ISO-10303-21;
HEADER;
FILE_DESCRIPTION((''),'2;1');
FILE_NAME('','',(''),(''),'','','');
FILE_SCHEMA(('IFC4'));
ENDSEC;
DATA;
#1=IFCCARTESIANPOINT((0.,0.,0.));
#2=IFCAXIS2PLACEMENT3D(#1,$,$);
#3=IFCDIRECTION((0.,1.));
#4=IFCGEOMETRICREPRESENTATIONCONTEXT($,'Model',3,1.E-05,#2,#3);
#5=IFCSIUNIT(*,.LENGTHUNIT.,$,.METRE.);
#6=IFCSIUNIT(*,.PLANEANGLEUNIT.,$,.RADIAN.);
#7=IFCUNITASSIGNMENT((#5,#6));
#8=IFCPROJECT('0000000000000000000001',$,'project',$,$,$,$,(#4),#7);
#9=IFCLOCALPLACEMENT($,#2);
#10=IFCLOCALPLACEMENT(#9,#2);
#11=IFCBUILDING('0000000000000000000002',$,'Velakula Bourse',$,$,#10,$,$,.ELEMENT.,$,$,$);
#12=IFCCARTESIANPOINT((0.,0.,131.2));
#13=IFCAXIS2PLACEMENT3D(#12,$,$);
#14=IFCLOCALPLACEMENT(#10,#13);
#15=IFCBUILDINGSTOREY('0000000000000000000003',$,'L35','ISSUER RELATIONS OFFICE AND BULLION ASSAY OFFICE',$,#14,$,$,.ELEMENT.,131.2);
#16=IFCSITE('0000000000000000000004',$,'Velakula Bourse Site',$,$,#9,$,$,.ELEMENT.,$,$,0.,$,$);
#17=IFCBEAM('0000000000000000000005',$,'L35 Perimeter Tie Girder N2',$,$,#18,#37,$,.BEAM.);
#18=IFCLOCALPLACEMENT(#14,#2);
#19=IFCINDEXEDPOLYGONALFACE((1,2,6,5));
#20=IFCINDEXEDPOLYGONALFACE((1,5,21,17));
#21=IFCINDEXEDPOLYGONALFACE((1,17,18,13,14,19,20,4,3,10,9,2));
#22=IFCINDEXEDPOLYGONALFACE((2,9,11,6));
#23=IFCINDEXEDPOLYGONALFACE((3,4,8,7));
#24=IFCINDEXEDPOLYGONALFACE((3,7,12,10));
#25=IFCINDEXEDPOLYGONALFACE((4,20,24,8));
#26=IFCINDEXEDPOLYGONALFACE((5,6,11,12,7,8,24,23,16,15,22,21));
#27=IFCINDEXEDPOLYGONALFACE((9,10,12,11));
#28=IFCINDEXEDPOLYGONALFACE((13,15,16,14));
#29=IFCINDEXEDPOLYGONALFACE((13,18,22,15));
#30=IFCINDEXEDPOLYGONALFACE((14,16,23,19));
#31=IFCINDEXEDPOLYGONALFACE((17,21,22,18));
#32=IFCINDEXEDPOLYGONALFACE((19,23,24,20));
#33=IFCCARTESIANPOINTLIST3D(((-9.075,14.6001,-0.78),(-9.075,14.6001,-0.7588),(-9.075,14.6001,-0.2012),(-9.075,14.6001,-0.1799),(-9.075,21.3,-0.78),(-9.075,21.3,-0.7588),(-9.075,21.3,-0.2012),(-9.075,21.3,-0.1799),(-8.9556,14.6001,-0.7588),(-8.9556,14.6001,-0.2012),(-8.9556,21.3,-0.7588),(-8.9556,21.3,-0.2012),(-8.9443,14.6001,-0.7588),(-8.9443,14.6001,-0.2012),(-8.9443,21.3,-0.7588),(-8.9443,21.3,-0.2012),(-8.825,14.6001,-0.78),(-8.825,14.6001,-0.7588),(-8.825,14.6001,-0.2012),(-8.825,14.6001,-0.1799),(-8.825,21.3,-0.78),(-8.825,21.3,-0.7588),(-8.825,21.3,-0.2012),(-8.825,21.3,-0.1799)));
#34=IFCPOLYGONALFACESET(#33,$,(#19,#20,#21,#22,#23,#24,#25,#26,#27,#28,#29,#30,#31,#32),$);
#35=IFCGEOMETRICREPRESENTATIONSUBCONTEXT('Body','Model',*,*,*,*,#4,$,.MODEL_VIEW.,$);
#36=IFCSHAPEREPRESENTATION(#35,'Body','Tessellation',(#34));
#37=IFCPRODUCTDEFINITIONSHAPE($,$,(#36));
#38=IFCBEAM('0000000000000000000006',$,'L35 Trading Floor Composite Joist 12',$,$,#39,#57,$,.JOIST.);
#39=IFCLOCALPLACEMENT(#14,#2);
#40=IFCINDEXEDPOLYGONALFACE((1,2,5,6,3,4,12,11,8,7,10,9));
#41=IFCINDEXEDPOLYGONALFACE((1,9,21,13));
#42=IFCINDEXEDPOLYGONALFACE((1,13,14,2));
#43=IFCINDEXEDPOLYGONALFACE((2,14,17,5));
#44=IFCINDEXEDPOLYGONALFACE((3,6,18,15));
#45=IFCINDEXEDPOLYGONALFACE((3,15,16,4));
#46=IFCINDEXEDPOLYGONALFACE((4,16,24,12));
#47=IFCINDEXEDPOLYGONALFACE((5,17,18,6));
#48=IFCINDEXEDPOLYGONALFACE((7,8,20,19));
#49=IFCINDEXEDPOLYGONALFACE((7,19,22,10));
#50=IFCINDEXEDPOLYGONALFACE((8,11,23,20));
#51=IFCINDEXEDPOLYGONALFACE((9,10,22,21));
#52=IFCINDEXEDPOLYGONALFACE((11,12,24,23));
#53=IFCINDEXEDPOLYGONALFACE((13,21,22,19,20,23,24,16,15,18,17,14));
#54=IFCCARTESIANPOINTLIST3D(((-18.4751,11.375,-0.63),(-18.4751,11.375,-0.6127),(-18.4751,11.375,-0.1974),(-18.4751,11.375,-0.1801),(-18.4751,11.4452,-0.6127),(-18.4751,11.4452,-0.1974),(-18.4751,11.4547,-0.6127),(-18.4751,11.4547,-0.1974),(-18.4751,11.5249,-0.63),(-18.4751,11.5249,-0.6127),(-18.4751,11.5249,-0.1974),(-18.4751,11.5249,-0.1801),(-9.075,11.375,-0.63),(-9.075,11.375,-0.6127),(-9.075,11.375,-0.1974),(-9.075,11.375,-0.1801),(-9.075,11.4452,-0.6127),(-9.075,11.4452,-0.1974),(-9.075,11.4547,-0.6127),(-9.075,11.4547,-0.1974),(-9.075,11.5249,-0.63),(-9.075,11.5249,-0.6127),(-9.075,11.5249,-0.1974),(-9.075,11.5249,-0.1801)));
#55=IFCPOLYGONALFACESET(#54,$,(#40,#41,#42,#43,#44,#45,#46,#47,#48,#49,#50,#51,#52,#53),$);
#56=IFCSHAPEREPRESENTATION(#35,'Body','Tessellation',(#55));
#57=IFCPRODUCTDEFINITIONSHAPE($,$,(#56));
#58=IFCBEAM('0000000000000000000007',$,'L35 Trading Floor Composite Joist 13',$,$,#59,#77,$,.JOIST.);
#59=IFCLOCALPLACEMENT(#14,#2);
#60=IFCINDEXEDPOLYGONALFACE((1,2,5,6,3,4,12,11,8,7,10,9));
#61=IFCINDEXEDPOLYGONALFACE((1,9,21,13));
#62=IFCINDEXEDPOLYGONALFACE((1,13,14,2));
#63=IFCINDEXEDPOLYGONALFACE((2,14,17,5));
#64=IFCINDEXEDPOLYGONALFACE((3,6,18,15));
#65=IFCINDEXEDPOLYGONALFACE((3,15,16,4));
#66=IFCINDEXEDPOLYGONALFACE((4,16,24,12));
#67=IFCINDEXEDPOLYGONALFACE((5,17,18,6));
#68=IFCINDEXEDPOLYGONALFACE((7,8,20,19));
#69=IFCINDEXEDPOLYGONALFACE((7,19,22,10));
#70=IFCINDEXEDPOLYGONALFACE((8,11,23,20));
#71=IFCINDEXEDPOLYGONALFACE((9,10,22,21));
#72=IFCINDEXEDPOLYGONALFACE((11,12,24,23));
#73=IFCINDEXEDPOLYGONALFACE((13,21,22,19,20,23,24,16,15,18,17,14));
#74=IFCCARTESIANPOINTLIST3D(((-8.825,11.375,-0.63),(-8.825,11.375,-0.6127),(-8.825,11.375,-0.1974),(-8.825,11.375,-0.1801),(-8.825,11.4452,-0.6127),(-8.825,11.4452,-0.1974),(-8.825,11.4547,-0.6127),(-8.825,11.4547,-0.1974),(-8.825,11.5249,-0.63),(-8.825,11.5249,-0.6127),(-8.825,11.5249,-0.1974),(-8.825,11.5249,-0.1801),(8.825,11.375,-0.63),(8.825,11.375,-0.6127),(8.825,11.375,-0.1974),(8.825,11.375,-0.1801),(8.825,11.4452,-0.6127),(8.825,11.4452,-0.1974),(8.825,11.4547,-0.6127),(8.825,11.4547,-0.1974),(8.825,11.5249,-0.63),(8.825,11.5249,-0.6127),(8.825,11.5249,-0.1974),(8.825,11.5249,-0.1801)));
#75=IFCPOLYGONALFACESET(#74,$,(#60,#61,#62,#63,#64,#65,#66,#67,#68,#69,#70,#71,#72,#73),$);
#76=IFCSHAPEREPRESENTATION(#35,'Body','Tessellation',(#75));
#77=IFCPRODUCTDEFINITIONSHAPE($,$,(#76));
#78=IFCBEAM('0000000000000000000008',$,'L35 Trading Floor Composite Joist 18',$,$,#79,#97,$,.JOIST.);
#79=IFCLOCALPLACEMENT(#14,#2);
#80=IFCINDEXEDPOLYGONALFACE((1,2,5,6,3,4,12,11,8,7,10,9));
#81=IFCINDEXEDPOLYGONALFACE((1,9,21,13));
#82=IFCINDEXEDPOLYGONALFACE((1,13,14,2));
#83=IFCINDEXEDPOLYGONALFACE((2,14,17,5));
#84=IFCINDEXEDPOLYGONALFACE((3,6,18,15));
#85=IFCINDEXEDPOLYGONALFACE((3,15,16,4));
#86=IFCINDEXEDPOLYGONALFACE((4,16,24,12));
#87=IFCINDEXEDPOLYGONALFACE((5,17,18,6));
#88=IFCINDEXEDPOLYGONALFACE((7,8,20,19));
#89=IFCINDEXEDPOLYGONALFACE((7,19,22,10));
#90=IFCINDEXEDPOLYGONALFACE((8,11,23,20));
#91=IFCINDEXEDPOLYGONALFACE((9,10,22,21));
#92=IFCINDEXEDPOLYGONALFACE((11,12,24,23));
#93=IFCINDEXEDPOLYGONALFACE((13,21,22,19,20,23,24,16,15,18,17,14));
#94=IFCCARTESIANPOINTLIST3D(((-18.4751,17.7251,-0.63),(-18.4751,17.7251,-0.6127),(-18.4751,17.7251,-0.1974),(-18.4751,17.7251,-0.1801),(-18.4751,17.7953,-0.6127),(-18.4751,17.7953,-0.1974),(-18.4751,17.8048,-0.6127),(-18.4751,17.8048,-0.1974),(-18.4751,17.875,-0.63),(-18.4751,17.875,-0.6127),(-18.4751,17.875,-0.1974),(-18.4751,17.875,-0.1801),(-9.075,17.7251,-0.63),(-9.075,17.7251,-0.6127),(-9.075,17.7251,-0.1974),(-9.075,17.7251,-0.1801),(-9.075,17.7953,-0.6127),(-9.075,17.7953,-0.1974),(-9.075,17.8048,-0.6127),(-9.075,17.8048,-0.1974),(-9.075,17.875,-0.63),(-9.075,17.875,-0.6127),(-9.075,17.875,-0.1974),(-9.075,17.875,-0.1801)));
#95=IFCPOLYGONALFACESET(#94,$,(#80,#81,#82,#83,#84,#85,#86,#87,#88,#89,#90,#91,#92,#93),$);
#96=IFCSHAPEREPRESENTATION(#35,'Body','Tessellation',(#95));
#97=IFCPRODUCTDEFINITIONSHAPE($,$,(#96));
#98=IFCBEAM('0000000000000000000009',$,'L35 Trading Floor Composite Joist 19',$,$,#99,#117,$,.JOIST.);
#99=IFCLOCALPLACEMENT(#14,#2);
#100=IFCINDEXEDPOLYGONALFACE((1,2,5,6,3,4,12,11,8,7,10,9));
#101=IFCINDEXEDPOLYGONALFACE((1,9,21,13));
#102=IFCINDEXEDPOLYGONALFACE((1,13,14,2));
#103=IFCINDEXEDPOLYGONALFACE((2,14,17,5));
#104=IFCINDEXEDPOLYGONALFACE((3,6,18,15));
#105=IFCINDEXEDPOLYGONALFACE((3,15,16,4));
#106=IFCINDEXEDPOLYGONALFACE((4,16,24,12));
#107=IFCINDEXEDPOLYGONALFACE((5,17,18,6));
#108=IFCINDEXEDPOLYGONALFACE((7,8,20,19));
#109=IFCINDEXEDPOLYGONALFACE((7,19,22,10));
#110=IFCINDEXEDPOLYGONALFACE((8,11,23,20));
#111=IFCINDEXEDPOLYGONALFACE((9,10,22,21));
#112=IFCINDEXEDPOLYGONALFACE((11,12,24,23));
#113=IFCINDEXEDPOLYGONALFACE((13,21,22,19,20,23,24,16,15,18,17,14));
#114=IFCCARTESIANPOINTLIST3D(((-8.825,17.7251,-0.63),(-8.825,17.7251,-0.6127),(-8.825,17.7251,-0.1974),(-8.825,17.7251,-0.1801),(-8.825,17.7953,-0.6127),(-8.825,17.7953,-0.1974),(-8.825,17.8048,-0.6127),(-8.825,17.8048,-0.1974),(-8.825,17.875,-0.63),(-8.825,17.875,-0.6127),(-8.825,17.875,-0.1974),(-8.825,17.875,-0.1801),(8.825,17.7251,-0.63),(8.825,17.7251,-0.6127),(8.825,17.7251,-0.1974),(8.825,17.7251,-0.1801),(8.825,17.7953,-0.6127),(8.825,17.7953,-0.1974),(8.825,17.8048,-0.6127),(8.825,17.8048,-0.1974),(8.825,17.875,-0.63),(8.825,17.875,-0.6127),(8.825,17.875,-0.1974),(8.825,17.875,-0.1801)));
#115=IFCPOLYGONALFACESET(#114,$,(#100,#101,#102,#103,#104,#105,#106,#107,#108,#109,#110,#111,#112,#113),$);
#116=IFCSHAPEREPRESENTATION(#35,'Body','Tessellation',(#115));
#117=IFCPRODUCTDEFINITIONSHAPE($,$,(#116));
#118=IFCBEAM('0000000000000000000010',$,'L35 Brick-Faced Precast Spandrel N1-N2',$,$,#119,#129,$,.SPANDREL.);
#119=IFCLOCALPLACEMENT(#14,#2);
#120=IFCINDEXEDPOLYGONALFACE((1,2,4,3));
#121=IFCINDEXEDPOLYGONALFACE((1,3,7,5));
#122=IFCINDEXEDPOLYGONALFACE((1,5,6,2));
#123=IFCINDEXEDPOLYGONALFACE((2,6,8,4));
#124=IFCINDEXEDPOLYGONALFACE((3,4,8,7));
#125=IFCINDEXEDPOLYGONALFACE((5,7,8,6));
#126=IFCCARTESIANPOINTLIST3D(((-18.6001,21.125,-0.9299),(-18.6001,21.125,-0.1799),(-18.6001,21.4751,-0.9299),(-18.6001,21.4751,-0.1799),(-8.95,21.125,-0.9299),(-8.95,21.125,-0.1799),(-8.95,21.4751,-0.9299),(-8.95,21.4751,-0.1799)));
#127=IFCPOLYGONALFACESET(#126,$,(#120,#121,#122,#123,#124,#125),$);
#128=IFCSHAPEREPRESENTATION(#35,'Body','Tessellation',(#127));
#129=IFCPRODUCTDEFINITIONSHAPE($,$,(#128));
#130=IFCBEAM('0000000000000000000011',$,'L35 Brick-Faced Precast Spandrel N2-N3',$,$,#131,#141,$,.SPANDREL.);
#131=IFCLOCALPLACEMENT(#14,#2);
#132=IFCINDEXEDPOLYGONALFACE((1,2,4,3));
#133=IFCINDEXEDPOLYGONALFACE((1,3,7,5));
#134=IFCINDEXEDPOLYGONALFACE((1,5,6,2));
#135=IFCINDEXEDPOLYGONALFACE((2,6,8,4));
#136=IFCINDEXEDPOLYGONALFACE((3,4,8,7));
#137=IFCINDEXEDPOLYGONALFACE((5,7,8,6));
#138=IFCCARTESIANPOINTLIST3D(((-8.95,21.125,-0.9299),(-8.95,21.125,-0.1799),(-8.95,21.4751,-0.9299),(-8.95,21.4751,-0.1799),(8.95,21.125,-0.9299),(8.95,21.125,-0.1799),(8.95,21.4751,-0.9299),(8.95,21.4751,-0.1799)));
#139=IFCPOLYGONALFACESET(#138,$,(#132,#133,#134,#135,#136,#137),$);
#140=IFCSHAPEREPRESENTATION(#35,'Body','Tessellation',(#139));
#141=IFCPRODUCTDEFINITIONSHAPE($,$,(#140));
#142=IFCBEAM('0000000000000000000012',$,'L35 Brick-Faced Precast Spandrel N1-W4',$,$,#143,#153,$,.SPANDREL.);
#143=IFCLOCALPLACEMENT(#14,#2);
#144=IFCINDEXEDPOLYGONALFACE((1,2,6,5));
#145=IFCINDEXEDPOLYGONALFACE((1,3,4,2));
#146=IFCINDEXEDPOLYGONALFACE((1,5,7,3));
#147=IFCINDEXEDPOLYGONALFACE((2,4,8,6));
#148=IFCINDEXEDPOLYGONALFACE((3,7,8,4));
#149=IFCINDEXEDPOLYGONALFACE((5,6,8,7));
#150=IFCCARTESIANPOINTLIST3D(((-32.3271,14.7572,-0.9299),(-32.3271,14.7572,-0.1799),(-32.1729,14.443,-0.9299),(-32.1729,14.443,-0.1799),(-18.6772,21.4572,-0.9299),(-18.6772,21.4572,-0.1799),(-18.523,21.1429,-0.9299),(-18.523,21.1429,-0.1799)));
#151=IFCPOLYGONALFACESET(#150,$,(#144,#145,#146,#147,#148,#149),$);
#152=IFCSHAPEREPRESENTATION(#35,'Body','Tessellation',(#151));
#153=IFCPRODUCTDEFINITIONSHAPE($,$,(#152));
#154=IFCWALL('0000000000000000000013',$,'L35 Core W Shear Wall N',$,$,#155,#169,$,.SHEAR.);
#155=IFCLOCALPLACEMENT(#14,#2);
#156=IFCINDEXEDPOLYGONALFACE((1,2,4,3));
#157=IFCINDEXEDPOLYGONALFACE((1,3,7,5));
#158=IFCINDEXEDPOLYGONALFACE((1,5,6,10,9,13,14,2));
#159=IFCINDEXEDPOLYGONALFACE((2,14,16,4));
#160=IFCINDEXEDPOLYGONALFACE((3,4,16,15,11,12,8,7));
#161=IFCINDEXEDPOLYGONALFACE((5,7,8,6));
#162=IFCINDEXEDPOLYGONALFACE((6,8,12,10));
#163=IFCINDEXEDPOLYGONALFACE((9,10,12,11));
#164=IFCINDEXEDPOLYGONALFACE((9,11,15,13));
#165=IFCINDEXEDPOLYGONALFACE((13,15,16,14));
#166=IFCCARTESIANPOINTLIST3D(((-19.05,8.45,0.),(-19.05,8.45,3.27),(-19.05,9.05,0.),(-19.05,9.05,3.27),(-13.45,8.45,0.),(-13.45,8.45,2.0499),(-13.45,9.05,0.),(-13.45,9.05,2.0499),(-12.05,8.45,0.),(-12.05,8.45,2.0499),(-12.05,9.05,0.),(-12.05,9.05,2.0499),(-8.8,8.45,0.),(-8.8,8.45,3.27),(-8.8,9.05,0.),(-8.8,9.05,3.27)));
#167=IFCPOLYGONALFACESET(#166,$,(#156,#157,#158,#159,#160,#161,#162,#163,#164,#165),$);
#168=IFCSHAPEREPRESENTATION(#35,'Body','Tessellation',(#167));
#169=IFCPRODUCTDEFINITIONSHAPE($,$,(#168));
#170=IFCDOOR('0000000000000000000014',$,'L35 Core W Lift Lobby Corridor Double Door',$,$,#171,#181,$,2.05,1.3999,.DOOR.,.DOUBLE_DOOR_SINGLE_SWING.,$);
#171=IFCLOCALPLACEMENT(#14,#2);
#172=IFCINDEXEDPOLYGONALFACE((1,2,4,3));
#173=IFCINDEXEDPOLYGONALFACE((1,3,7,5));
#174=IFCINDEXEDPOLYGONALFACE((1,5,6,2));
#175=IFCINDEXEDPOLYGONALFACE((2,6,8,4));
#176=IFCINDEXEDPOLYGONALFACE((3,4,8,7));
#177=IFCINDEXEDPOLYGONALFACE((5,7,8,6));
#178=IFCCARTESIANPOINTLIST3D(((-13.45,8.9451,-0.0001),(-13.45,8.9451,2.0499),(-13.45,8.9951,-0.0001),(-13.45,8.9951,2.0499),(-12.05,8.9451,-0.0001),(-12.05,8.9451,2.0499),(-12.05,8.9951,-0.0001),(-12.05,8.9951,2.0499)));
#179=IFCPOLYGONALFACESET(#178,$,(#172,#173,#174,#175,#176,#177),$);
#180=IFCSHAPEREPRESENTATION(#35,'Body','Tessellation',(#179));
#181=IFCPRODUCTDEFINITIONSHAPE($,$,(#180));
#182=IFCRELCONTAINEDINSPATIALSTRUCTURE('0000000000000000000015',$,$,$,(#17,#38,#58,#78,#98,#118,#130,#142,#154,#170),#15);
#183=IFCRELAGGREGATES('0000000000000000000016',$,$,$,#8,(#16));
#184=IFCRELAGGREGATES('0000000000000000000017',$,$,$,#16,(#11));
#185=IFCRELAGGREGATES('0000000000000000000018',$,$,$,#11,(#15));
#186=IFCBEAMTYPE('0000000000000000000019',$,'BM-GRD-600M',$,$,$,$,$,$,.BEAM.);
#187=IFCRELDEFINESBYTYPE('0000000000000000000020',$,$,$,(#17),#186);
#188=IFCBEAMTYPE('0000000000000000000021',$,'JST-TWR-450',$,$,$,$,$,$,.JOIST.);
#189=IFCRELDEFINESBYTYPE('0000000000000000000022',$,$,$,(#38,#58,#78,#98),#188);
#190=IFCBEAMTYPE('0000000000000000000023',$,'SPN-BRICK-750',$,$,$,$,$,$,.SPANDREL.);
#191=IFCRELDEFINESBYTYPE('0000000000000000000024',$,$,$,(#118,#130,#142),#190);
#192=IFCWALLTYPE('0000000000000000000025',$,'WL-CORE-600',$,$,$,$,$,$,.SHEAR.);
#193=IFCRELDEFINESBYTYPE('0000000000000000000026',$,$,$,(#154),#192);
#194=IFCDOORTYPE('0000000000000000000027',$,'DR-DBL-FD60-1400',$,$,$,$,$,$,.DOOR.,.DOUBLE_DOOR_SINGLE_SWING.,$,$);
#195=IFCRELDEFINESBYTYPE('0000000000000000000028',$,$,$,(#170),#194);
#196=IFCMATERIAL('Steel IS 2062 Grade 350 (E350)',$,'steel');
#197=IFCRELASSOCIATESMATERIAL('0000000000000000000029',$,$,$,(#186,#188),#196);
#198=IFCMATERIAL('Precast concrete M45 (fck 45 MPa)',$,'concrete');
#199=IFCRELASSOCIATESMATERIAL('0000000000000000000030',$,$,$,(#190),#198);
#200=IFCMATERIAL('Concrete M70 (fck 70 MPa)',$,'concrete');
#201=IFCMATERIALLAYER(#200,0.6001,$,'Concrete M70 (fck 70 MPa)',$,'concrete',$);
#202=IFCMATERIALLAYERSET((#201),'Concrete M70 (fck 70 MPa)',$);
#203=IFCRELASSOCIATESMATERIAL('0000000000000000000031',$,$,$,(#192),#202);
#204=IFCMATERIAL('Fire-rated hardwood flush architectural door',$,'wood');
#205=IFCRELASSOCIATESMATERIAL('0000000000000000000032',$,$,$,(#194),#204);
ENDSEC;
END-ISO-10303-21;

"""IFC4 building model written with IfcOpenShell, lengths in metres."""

from ifc_helpers import new_model, si_unit, direction, frame, frame_2d, origin, origin_2d, place, context, subcontext, project, spatial, rectangle, i_section, extrude, material, layer, layer_set, material_profile, profile_set, type_object, element, fill, save


model = new_model("IFC4")

# Units and contexts
model_context = context("Model", 3, precision=1e-05, world=origin(), true_north=direction((0.0, 1.0)))
body_context = subcontext(model_context, "Body", "Model", "MODEL_VIEW")
ifc_project = project(units=[si_unit("LENGTHUNIT", "METRE"), si_unit("PLANEANGLEUNIT", "RADIAN")], contexts=[model_context])

# Site, building, storey
site_placement = place(None, origin())
site = spatial("IfcSite", under=ifc_project, at=site_placement, Name="Velakula Bourse Site", CompositionType="ELEMENT", RefElevation=0.0)
building_placement = place(site_placement, origin())
building = spatial("IfcBuilding", under=site, at=building_placement, Name="Velakula Bourse", CompositionType="ELEMENT")
storey_placement = place(building_placement, frame((0.0, 0.0, 131.2)))
storey = spatial("IfcBuildingStorey", under=building, at=storey_placement, Name="L35", Description="ISSUER RELATIONS OFFICE AND BULLION ASSAY OFFICE", CompositionType="ELEMENT", Elevation=131.2)

# Shared definitions
ifc_material_1 = material(Name="Steel IS 2062 Grade 350 (E350)", Category="steel")
ifc_material_2 = material(Name="Precast concrete M45 (fck 45 MPa)", Category="concrete")

# Beams
ifc_material_profile_1 = material_profile(ifc_material_1, i_section(OverallWidth=0.25, OverallDepth=0.6001, WebThickness=0.0112, FlangeThickness=0.0212, at=origin_2d()), Name="Steel IS 2062 Grade 350 (E350)")
ifc_profile_set_1 = profile_set([ifc_material_profile_1], Name="Steel IS 2062 Grade 350 (E350)")
beam_type_1 = type_object("IfcBeamType", Name="BM-GRD-600M", PredefinedType="BEAM", material=ifc_profile_set_1)
for number, where, z_axis, x_axis, name in (
    (1, (-8.95, 14.6001, -0.48), (0.0, 1.0, 0.0), (-1.0, 0.0, 0.0), "L35 Perimeter Tie Girder N2"),
):
    element("IfcBeam", number, at=place(storey_placement, frame(where, z_axis=z_axis, x_axis=x_axis)), inside=storey, type_object=beam_type_1, Name=name, PredefinedType="BEAM", context=body_context, shape_type="SweptSolid", body=[
        extrude(i_section(OverallWidth=0.25, OverallDepth=0.6001, WebThickness=0.0112, FlangeThickness=0.0212, at=origin_2d()), origin(), (0.0, 0.0, 1.0), 6.7),
    ])
ifc_material_profile_2 = material_profile(ifc_material_1, i_section(OverallWidth=0.1499, OverallDepth=0.45, WebThickness=0.0095, FlangeThickness=0.0173, at=origin_2d()), Name="Steel IS 2062 Grade 350 (E350)")
ifc_profile_set_2 = profile_set([ifc_material_profile_2], Name="Steel IS 2062 Grade 350 (E350)")
beam_type_2 = type_object("IfcBeamType", Name="JST-TWR-450", PredefinedType="JOIST", material=ifc_profile_set_2)
beam_1_placement = place(storey_placement, frame((-18.4751, 11.45, -0.405), z_axis=(1.0, 0.0, 0.0), x_axis=(0.0, 1.0, 0.0)))
element("IfcBeam", 2, at=beam_1_placement, inside=storey, type_object=beam_type_2, Name="L35 Trading Floor Composite Joist 12", PredefinedType="JOIST", context=body_context, shape_type="SweptSolid", body=[
    extrude(i_section(OverallWidth=0.1499, OverallDepth=0.45, WebThickness=0.0095, FlangeThickness=0.0173, at=origin_2d()), origin(), (0.0, 0.0, 1.0), 9.4001),
])
beam_2_placement = place(storey_placement, frame((-8.825, 11.45, -0.405), z_axis=(1.0, 0.0, 0.0), x_axis=(0.0, 1.0, 0.0)))
element("IfcBeam", 3, at=beam_2_placement, inside=storey, type_object=beam_type_2, Name="L35 Trading Floor Composite Joist 13", PredefinedType="JOIST", context=body_context, shape_type="SweptSolid", body=[
    extrude(i_section(OverallWidth=0.1499, OverallDepth=0.45, WebThickness=0.0095, FlangeThickness=0.0173, at=origin_2d()), origin(), (0.0, 0.0, 1.0), 17.6499),
])
beam_3_placement = place(storey_placement, frame((-18.4751, 17.8, -0.405), z_axis=(1.0, 0.0, 0.0), x_axis=(0.0, 1.0, 0.0)))
element("IfcBeam", 4, at=beam_3_placement, inside=storey, type_object=beam_type_2, Name="L35 Trading Floor Composite Joist 18", PredefinedType="JOIST", context=body_context, shape_type="SweptSolid", body=[
    extrude(i_section(OverallWidth=0.1499, OverallDepth=0.45, WebThickness=0.0095, FlangeThickness=0.0173, at=origin_2d()), origin(), (0.0, 0.0, 1.0), 9.4001),
])
beam_4_placement = place(storey_placement, frame((-8.825, 17.8, -0.405), z_axis=(1.0, 0.0, 0.0), x_axis=(0.0, 1.0, 0.0)))
element("IfcBeam", 5, at=beam_4_placement, inside=storey, type_object=beam_type_2, Name="L35 Trading Floor Composite Joist 19", PredefinedType="JOIST", context=body_context, shape_type="SweptSolid", body=[
    extrude(i_section(OverallWidth=0.1499, OverallDepth=0.45, WebThickness=0.0095, FlangeThickness=0.0173, at=origin_2d()), origin(), (0.0, 0.0, 1.0), 17.6499),
])
ifc_material_profile_3 = material_profile(ifc_material_2, rectangle(XDim=0.3501, YDim=0.75, at=origin_2d()), Name="Precast concrete M45 (fck 45 MPa)")
ifc_profile_set_3 = profile_set([ifc_material_profile_3], Name="Precast concrete M45 (fck 45 MPa)")
beam_type_3 = type_object("IfcBeamType", Name="SPN-BRICK-750", PredefinedType="SPANDREL", material=ifc_profile_set_3)
beam_5_placement = place(storey_placement, frame((-18.6001, 21.3, -0.5549), z_axis=(1.0, 0.0, 0.0), x_axis=(0.0, 1.0, 0.0)))
element("IfcBeam", 6, at=beam_5_placement, inside=storey, type_object=beam_type_3, Name="L35 Brick-Faced Precast Spandrel N1-N2", PredefinedType="SPANDREL", context=body_context, shape_type="SweptSolid", body=[
    extrude(rectangle(XDim=0.3501, YDim=0.75, at=origin_2d()), origin(), (0.0, 0.0, 1.0), 9.6501),
])
beam_6_placement = place(storey_placement, frame((-8.95, 21.3, -0.5549), z_axis=(1.0, 0.0, 0.0), x_axis=(0.0, 1.0, 0.0)))
element("IfcBeam", 7, at=beam_6_placement, inside=storey, type_object=beam_type_3, Name="L35 Brick-Faced Precast Spandrel N2-N3", PredefinedType="SPANDREL", context=body_context, shape_type="SweptSolid", body=[
    extrude(rectangle(XDim=0.3501, YDim=0.75, at=origin_2d()), origin(), (0.0, 0.0, 1.0), 17.8999),
])
beam_7_placement = place(storey_placement, frame((-18.6001, 21.3, -0.5549), z_axis=(-0.897691, -0.440625, 0.0), x_axis=(0.440625, -0.897691, 0.0)))
element("IfcBeam", 8, at=beam_7_placement, inside=storey, type_object=beam_type_3, Name="L35 Brick-Faced Precast Spandrel N1-W4", PredefinedType="SPANDREL", context=body_context, shape_type="SweptSolid", body=[
    extrude(rectangle(XDim=0.3501, YDim=0.75, at=origin_2d()), origin(), (0.0, 0.0, 1.0), 15.2056),
])

# Wall, opening, door
ifc_material_3 = material(Name="Concrete M70 (fck 70 MPa)", Category="concrete")
ifc_layer_1 = layer(ifc_material_3, 0.6001, Name="Concrete M70 (fck 70 MPa)", Category="concrete")
ifc_layer_set_1 = layer_set([ifc_layer_1], Name="Concrete M70 (fck 70 MPa)")
wall_type_1 = type_object("IfcWallType", Name="WL-CORE-600", PredefinedType="SHEAR", material=ifc_layer_set_1)
wall_1_placement = place(storey_placement, frame((-19.05, 8.75, 0.0), z_axis=(0.0, 0.0, 1.0), x_axis=(1.0, 0.0, 0.0)))
wall_1 = element("IfcWall", 9, at=wall_1_placement, inside=storey, type_object=wall_type_1, Name="L35 Core W Shear Wall N", PredefinedType="SHEAR", context=body_context, shape_type="SweptSolid", body=[
    extrude(rectangle(XDim=10.25, YDim=0.6001, at=frame_2d((5.125, 0.0))), origin(), (0.0, 0.0, 1.0), 3.27),
])
opening_1_placement = place(wall_1_placement, frame((5.6001, 0.0, 0.0)))
opening_1 = element("IfcOpeningElement", 10, at=opening_1_placement, cuts=wall_1, PredefinedType="OPENING", context=body_context, shape_type="SweptSolid", body=[
    extrude(rectangle(XDim=1.3999, YDim=2.05, at=frame_2d((0.7, 1.0249))), frame((0.0, 0.3101, 0.0), z_axis=(0.0, -1.0, 0.0), x_axis=(1.0, 0.0, 0.0)), (0.0, 0.0, 1.0), 0.6201),
])
ifc_material_4 = material(Name="Fire-rated hardwood flush architectural door", Category="wood")
door_type = type_object("IfcDoorType", Name="DR-DBL-FD60-1400", OperationType="DOUBLE_DOOR_SINGLE_SWING", PredefinedType="DOOR", material=ifc_material_4)
door_placement = place(opening_1_placement, origin())
door = element("IfcDoor", 11, at=door_placement, inside=storey, type_object=door_type, Name="L35 Core W Lift Lobby Corridor Double Door", OperationType="DOUBLE_DOOR_SINGLE_SWING", OverallHeight=2.05, OverallWidth=1.3999, PredefinedType="DOOR", context=body_context, shape_type="SweptSolid", body=[
    extrude(rectangle(XDim=1.3999, YDim=2.05, at=frame_2d((0.7, 1.0249))), frame((0.0, 0.2451, 0.0), z_axis=(0.0, -1.0, 0.0), x_axis=(1.0, 0.0, 0.0)), (0.0, 0.0, 1.0), 0.05),
])
fill(opening_1, door)

save(model, "model.ifc")
